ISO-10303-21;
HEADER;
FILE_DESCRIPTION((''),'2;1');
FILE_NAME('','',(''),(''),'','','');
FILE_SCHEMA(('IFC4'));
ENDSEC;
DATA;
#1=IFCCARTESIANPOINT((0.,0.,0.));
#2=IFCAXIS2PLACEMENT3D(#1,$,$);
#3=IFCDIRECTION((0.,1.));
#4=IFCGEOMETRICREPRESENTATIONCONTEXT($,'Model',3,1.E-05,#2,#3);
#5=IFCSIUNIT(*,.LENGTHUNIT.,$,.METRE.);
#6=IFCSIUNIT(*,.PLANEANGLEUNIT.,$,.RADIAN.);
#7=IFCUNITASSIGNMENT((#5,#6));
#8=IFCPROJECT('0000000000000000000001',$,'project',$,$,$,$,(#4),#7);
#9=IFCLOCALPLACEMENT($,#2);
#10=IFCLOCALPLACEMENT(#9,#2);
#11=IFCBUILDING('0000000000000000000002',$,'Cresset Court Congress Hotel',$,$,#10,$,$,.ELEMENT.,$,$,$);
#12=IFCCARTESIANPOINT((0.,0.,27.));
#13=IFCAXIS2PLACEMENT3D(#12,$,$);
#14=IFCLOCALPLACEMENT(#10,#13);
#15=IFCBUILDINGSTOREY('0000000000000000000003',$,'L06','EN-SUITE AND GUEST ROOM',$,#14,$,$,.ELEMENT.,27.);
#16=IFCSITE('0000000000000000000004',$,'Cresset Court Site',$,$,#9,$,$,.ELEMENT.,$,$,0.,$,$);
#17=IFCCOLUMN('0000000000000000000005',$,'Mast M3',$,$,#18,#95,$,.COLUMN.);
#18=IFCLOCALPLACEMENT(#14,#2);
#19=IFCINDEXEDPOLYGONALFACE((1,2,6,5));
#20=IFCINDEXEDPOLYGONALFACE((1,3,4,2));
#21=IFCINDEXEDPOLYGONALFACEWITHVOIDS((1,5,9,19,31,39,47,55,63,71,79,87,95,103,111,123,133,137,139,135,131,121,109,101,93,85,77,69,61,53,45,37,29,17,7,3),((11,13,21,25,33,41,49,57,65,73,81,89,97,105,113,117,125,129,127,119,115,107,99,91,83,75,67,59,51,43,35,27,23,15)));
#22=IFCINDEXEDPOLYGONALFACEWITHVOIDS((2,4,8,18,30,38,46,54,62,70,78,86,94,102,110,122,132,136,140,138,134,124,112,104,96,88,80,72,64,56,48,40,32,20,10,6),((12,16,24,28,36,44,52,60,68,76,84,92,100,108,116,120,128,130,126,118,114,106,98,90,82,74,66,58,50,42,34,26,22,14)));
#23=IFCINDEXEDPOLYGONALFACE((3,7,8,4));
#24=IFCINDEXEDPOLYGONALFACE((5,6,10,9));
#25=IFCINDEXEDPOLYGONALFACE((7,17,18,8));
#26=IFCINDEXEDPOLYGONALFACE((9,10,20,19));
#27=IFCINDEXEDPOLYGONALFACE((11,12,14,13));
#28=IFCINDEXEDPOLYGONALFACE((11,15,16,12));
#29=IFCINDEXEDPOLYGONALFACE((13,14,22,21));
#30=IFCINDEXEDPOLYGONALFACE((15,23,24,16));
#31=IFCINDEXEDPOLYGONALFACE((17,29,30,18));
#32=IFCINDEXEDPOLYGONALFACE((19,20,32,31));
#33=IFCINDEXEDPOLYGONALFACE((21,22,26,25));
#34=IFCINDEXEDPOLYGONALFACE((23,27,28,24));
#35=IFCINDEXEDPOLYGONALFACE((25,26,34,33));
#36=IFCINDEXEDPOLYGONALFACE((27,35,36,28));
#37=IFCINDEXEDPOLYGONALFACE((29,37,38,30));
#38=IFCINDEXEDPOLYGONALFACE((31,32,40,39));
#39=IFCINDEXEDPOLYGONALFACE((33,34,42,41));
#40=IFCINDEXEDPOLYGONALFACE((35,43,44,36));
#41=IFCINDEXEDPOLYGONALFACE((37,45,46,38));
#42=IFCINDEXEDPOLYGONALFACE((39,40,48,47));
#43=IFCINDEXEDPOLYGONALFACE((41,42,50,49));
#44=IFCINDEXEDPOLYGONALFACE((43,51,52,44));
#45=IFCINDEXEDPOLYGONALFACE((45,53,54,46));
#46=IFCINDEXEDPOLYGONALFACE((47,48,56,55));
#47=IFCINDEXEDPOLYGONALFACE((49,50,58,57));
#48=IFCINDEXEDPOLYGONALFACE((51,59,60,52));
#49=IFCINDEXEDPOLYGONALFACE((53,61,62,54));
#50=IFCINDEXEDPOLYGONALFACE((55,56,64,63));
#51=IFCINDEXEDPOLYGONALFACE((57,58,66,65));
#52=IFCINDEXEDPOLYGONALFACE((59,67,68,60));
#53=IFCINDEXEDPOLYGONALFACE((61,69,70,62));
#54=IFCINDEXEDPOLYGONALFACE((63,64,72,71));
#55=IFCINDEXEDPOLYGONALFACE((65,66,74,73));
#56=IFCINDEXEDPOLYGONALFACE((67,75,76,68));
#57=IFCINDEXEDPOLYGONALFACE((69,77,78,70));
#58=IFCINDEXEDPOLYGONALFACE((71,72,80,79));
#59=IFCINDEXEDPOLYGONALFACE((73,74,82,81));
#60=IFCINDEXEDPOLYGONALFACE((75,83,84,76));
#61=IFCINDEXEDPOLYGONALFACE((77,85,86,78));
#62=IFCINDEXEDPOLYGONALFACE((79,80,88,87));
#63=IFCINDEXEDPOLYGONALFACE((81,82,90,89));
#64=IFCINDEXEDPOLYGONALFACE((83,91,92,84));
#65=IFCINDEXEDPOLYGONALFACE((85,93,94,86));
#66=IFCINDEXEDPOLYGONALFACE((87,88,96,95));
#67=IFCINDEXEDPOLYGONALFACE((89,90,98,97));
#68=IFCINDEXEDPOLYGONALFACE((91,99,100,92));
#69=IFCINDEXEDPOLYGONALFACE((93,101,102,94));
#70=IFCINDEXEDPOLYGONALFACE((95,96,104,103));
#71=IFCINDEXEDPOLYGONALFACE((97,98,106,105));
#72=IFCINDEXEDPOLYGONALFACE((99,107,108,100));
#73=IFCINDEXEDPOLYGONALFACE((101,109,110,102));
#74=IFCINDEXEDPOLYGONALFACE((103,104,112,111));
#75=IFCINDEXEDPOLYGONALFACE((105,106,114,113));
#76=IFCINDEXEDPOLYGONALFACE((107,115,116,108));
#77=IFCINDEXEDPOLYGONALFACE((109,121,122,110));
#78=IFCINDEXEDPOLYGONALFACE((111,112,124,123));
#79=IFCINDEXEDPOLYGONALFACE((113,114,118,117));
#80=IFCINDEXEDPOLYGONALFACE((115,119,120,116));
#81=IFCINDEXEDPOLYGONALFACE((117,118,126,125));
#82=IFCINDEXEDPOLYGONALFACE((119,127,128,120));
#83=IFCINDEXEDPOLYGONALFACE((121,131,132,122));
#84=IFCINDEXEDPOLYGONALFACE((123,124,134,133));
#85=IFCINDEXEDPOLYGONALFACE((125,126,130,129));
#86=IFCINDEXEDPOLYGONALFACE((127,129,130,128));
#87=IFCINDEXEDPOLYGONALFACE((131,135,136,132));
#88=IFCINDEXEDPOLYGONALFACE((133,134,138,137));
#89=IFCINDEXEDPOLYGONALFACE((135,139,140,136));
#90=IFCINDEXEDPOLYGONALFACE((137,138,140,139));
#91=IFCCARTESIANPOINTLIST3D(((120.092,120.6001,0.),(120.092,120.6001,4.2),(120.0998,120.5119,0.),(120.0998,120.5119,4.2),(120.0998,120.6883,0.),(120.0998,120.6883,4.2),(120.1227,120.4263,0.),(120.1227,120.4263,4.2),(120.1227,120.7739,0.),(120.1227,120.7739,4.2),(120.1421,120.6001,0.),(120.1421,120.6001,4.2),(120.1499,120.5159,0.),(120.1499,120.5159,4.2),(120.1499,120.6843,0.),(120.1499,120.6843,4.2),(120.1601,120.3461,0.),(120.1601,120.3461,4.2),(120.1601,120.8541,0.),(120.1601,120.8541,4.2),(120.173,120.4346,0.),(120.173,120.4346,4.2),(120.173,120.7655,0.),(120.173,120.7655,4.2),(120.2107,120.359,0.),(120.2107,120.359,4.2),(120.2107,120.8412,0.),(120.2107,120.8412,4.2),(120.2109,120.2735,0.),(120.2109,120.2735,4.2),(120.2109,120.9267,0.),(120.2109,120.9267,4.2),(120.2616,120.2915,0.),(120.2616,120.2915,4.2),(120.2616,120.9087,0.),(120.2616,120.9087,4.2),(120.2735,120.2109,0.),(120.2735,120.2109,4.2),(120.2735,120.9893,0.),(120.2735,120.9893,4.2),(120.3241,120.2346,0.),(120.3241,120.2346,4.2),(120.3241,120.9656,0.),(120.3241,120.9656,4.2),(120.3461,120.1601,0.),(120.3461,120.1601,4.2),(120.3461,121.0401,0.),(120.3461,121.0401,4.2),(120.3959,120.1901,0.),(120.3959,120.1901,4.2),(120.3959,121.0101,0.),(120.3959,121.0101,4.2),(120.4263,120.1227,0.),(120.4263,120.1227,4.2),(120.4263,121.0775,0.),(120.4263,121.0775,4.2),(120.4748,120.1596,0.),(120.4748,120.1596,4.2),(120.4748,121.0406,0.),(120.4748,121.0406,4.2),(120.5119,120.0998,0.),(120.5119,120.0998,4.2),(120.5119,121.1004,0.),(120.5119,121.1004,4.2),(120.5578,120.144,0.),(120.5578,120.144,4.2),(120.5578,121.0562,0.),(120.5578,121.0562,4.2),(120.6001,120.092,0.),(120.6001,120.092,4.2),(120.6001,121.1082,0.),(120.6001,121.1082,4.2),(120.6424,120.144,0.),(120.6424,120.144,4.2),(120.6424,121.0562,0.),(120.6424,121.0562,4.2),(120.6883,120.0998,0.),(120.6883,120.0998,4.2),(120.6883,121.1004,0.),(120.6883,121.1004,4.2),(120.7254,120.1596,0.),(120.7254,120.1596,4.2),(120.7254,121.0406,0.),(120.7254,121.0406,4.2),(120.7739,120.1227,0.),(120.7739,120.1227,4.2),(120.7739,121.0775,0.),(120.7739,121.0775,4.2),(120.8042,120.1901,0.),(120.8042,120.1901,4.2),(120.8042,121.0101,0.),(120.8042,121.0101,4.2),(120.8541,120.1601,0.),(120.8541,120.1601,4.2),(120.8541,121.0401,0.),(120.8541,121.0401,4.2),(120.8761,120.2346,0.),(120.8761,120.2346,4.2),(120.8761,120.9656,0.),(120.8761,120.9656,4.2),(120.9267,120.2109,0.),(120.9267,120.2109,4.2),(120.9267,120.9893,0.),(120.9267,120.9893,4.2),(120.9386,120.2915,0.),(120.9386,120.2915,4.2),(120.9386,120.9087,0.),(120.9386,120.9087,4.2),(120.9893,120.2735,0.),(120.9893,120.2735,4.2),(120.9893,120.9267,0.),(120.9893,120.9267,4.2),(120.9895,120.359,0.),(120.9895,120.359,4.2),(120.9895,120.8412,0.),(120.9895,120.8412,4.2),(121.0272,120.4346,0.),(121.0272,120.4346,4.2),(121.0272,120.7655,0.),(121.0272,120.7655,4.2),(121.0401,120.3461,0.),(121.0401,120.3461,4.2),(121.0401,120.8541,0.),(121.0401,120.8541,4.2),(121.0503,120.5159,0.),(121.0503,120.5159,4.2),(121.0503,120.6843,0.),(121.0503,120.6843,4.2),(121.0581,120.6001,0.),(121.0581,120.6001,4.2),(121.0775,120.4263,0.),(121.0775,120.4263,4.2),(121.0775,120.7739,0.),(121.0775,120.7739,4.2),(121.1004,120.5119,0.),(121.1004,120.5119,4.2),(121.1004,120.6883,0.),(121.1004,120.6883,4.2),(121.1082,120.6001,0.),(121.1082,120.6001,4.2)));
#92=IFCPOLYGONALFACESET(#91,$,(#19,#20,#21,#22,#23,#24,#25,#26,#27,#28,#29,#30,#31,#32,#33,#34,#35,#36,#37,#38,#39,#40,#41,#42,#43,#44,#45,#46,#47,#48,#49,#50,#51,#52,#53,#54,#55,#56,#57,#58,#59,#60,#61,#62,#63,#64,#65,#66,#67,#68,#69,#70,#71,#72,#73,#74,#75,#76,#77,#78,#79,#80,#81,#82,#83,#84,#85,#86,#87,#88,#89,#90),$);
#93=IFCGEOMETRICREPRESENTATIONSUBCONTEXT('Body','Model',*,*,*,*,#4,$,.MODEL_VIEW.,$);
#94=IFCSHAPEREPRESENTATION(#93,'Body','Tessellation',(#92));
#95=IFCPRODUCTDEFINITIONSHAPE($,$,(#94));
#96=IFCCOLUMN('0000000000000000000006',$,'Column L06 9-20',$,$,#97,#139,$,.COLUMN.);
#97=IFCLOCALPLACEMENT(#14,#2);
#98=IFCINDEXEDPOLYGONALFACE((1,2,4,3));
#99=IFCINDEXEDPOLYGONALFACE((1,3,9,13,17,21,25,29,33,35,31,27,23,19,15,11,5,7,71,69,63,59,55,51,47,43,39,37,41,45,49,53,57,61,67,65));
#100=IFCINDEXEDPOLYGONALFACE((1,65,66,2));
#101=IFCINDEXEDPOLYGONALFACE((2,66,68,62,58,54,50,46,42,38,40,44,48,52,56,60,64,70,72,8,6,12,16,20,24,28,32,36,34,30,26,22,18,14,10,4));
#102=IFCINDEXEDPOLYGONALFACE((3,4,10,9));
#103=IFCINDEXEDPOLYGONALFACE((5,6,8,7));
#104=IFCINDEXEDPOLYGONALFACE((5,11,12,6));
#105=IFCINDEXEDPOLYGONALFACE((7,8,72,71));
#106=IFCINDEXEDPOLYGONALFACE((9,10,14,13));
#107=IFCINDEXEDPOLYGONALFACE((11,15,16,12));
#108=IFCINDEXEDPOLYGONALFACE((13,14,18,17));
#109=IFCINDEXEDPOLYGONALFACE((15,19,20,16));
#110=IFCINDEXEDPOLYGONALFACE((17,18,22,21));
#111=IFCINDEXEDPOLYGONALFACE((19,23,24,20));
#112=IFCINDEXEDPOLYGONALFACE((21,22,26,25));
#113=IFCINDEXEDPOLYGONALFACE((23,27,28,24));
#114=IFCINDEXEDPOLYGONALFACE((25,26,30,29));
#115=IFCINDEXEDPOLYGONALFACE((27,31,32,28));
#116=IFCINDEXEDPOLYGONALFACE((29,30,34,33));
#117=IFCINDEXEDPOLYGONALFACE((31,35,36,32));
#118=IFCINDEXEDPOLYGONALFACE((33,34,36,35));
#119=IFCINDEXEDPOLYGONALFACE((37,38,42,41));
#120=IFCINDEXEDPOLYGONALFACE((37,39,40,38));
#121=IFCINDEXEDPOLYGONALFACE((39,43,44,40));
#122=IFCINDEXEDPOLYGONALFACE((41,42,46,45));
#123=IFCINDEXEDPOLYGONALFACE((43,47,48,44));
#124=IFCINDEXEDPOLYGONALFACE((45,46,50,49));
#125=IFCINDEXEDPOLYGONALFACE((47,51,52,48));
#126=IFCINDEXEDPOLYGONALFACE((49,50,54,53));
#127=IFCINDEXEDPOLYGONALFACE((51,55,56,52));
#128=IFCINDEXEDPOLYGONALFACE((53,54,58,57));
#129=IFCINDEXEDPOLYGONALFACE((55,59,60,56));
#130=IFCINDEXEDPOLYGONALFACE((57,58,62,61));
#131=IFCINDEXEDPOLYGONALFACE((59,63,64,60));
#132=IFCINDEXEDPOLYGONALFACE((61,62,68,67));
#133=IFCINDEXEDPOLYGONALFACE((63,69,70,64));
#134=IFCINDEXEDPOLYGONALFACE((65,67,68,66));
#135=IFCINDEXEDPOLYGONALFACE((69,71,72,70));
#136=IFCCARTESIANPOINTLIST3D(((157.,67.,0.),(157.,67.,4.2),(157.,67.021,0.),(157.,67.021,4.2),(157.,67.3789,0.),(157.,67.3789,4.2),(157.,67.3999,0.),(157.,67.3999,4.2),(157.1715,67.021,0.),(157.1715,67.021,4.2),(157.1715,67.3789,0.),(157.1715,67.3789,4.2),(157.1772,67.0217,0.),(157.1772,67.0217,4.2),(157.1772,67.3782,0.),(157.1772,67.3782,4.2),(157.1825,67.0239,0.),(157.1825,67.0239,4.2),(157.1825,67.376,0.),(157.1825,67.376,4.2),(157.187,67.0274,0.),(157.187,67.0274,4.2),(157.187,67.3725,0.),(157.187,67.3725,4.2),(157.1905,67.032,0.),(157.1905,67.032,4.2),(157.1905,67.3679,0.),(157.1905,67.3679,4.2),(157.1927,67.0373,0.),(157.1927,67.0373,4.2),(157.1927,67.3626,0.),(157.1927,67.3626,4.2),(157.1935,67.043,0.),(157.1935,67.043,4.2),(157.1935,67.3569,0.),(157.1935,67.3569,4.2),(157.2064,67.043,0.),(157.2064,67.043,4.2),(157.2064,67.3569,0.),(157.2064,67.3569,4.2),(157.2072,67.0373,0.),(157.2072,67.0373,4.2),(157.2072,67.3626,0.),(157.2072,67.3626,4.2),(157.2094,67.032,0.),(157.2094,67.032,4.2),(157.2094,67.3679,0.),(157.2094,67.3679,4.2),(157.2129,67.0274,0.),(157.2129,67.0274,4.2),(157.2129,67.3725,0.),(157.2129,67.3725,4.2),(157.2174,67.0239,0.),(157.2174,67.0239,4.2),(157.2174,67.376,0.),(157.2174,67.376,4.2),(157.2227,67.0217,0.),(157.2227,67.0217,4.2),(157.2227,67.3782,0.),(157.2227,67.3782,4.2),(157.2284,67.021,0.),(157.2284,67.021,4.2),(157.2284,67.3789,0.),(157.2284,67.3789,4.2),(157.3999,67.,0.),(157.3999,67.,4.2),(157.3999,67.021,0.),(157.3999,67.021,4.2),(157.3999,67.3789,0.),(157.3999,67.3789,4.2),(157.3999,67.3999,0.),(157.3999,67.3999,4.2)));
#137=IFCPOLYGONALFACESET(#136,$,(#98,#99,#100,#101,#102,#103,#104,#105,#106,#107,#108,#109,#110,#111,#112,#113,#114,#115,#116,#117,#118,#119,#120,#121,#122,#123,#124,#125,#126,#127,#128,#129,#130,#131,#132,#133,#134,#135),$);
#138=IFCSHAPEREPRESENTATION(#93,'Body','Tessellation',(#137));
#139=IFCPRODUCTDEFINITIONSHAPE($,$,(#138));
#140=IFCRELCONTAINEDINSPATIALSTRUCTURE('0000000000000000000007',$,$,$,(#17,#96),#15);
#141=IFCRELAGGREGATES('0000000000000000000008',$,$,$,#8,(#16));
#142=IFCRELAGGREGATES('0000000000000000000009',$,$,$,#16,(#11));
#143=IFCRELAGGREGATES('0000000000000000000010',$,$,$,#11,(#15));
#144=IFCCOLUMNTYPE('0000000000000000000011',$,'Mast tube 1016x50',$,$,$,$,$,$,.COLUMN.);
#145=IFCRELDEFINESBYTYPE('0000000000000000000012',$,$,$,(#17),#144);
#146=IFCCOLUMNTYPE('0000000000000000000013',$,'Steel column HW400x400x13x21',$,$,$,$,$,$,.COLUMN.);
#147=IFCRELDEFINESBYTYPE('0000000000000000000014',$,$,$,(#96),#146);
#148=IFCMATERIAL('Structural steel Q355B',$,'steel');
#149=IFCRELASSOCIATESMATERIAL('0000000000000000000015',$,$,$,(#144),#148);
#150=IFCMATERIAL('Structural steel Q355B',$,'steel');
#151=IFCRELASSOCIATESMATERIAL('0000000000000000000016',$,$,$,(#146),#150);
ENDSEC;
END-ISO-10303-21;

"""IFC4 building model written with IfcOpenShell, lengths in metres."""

from ifc_helpers import new_model, si_unit, direction, frame, origin, origin_2d, place, context, subcontext, project, spatial, hollow_circle, i_section, extrude, material, material_profile, profile_set, type_object, element, save


model = new_model("IFC4")

# Units and contexts
model_context = context("Model", 3, precision=1e-05, world=origin(), true_north=direction((0.0, 1.0)))
body_context = subcontext(model_context, "Body", "Model", "MODEL_VIEW")
ifc_project = project(units=[si_unit("LENGTHUNIT", "METRE"), si_unit("PLANEANGLEUNIT", "RADIAN")], contexts=[model_context])

# Site, building, storey
site_placement = place(None, origin())
site = spatial("IfcSite", under=ifc_project, at=site_placement, Name="Cresset Court Site", CompositionType="ELEMENT", RefElevation=0.0)
building_placement = place(site_placement, origin())
building = spatial("IfcBuilding", under=site, at=building_placement, Name="Cresset Court Congress Hotel", CompositionType="ELEMENT")
storey_placement = place(building_placement, frame((0.0, 0.0, 27.0)))
storey = spatial("IfcBuildingStorey", under=building, at=storey_placement, Name="L06", Description="EN-SUITE AND GUEST ROOM", CompositionType="ELEMENT", Elevation=27.0)

# Columns
ifc_material_1 = material(Name="Structural steel Q355B", Category="steel")
ifc_material_profile_1 = material_profile(ifc_material_1, hollow_circle(Radius=0.5081, WallThickness=0.05, at=origin_2d()), Name="CHS1016x50")
ifc_profile_set_1 = profile_set([ifc_material_profile_1], Name="Structural steel Q355B")
column_type_1 = type_object("IfcColumnType", Name="Mast tube 1016x50", PredefinedType="COLUMN", material=ifc_profile_set_1)
column_1_placement = place(storey_placement, frame((120.6001, 120.6001, 0.0), z_axis=(0.0, 0.0, 1.0), x_axis=(1.0, 0.0, 0.0)))
element("IfcColumn", 1, at=column_1_placement, inside=storey, type_object=column_type_1, Name="Mast M3", PredefinedType="COLUMN", context=body_context, shape_type="SweptSolid", body=[
    extrude(hollow_circle(Radius=0.5081, WallThickness=0.05, at=origin_2d()), origin(), (0.0, 0.0, 1.0), 4.2),
])
ifc_material_2 = material(Name="Structural steel Q355B", Category="steel")
ifc_material_profile_2 = material_profile(ifc_material_2, i_section(OverallWidth=0.3999, OverallDepth=0.3999, WebThickness=0.0129, FlangeThickness=0.021, FilletRadius=0.022, at=origin_2d()), Name="HW400x400x13x21")
ifc_profile_set_2 = profile_set([ifc_material_profile_2], Name="Structural steel Q355B")
column_type_2 = type_object("IfcColumnType", Name="Steel column HW400x400x13x21", PredefinedType="COLUMN", material=ifc_profile_set_2)
column_2_placement = place(storey_placement, frame((157.2, 67.2, 0.0), z_axis=(0.0, 0.0, 1.0), x_axis=(1.0, 0.0, 0.0)))
element("IfcColumn", 2, at=column_2_placement, inside=storey, type_object=column_type_2, Name="Column L06 9-20", PredefinedType="COLUMN", context=body_context, shape_type="SweptSolid", body=[
    extrude(i_section(OverallWidth=0.3999, OverallDepth=0.3999, WebThickness=0.0129, FlangeThickness=0.021, FilletRadius=0.022, at=origin_2d()), origin(), (0.0, 0.0, 1.0), 4.2),
])

save(model, "model.ifc")
